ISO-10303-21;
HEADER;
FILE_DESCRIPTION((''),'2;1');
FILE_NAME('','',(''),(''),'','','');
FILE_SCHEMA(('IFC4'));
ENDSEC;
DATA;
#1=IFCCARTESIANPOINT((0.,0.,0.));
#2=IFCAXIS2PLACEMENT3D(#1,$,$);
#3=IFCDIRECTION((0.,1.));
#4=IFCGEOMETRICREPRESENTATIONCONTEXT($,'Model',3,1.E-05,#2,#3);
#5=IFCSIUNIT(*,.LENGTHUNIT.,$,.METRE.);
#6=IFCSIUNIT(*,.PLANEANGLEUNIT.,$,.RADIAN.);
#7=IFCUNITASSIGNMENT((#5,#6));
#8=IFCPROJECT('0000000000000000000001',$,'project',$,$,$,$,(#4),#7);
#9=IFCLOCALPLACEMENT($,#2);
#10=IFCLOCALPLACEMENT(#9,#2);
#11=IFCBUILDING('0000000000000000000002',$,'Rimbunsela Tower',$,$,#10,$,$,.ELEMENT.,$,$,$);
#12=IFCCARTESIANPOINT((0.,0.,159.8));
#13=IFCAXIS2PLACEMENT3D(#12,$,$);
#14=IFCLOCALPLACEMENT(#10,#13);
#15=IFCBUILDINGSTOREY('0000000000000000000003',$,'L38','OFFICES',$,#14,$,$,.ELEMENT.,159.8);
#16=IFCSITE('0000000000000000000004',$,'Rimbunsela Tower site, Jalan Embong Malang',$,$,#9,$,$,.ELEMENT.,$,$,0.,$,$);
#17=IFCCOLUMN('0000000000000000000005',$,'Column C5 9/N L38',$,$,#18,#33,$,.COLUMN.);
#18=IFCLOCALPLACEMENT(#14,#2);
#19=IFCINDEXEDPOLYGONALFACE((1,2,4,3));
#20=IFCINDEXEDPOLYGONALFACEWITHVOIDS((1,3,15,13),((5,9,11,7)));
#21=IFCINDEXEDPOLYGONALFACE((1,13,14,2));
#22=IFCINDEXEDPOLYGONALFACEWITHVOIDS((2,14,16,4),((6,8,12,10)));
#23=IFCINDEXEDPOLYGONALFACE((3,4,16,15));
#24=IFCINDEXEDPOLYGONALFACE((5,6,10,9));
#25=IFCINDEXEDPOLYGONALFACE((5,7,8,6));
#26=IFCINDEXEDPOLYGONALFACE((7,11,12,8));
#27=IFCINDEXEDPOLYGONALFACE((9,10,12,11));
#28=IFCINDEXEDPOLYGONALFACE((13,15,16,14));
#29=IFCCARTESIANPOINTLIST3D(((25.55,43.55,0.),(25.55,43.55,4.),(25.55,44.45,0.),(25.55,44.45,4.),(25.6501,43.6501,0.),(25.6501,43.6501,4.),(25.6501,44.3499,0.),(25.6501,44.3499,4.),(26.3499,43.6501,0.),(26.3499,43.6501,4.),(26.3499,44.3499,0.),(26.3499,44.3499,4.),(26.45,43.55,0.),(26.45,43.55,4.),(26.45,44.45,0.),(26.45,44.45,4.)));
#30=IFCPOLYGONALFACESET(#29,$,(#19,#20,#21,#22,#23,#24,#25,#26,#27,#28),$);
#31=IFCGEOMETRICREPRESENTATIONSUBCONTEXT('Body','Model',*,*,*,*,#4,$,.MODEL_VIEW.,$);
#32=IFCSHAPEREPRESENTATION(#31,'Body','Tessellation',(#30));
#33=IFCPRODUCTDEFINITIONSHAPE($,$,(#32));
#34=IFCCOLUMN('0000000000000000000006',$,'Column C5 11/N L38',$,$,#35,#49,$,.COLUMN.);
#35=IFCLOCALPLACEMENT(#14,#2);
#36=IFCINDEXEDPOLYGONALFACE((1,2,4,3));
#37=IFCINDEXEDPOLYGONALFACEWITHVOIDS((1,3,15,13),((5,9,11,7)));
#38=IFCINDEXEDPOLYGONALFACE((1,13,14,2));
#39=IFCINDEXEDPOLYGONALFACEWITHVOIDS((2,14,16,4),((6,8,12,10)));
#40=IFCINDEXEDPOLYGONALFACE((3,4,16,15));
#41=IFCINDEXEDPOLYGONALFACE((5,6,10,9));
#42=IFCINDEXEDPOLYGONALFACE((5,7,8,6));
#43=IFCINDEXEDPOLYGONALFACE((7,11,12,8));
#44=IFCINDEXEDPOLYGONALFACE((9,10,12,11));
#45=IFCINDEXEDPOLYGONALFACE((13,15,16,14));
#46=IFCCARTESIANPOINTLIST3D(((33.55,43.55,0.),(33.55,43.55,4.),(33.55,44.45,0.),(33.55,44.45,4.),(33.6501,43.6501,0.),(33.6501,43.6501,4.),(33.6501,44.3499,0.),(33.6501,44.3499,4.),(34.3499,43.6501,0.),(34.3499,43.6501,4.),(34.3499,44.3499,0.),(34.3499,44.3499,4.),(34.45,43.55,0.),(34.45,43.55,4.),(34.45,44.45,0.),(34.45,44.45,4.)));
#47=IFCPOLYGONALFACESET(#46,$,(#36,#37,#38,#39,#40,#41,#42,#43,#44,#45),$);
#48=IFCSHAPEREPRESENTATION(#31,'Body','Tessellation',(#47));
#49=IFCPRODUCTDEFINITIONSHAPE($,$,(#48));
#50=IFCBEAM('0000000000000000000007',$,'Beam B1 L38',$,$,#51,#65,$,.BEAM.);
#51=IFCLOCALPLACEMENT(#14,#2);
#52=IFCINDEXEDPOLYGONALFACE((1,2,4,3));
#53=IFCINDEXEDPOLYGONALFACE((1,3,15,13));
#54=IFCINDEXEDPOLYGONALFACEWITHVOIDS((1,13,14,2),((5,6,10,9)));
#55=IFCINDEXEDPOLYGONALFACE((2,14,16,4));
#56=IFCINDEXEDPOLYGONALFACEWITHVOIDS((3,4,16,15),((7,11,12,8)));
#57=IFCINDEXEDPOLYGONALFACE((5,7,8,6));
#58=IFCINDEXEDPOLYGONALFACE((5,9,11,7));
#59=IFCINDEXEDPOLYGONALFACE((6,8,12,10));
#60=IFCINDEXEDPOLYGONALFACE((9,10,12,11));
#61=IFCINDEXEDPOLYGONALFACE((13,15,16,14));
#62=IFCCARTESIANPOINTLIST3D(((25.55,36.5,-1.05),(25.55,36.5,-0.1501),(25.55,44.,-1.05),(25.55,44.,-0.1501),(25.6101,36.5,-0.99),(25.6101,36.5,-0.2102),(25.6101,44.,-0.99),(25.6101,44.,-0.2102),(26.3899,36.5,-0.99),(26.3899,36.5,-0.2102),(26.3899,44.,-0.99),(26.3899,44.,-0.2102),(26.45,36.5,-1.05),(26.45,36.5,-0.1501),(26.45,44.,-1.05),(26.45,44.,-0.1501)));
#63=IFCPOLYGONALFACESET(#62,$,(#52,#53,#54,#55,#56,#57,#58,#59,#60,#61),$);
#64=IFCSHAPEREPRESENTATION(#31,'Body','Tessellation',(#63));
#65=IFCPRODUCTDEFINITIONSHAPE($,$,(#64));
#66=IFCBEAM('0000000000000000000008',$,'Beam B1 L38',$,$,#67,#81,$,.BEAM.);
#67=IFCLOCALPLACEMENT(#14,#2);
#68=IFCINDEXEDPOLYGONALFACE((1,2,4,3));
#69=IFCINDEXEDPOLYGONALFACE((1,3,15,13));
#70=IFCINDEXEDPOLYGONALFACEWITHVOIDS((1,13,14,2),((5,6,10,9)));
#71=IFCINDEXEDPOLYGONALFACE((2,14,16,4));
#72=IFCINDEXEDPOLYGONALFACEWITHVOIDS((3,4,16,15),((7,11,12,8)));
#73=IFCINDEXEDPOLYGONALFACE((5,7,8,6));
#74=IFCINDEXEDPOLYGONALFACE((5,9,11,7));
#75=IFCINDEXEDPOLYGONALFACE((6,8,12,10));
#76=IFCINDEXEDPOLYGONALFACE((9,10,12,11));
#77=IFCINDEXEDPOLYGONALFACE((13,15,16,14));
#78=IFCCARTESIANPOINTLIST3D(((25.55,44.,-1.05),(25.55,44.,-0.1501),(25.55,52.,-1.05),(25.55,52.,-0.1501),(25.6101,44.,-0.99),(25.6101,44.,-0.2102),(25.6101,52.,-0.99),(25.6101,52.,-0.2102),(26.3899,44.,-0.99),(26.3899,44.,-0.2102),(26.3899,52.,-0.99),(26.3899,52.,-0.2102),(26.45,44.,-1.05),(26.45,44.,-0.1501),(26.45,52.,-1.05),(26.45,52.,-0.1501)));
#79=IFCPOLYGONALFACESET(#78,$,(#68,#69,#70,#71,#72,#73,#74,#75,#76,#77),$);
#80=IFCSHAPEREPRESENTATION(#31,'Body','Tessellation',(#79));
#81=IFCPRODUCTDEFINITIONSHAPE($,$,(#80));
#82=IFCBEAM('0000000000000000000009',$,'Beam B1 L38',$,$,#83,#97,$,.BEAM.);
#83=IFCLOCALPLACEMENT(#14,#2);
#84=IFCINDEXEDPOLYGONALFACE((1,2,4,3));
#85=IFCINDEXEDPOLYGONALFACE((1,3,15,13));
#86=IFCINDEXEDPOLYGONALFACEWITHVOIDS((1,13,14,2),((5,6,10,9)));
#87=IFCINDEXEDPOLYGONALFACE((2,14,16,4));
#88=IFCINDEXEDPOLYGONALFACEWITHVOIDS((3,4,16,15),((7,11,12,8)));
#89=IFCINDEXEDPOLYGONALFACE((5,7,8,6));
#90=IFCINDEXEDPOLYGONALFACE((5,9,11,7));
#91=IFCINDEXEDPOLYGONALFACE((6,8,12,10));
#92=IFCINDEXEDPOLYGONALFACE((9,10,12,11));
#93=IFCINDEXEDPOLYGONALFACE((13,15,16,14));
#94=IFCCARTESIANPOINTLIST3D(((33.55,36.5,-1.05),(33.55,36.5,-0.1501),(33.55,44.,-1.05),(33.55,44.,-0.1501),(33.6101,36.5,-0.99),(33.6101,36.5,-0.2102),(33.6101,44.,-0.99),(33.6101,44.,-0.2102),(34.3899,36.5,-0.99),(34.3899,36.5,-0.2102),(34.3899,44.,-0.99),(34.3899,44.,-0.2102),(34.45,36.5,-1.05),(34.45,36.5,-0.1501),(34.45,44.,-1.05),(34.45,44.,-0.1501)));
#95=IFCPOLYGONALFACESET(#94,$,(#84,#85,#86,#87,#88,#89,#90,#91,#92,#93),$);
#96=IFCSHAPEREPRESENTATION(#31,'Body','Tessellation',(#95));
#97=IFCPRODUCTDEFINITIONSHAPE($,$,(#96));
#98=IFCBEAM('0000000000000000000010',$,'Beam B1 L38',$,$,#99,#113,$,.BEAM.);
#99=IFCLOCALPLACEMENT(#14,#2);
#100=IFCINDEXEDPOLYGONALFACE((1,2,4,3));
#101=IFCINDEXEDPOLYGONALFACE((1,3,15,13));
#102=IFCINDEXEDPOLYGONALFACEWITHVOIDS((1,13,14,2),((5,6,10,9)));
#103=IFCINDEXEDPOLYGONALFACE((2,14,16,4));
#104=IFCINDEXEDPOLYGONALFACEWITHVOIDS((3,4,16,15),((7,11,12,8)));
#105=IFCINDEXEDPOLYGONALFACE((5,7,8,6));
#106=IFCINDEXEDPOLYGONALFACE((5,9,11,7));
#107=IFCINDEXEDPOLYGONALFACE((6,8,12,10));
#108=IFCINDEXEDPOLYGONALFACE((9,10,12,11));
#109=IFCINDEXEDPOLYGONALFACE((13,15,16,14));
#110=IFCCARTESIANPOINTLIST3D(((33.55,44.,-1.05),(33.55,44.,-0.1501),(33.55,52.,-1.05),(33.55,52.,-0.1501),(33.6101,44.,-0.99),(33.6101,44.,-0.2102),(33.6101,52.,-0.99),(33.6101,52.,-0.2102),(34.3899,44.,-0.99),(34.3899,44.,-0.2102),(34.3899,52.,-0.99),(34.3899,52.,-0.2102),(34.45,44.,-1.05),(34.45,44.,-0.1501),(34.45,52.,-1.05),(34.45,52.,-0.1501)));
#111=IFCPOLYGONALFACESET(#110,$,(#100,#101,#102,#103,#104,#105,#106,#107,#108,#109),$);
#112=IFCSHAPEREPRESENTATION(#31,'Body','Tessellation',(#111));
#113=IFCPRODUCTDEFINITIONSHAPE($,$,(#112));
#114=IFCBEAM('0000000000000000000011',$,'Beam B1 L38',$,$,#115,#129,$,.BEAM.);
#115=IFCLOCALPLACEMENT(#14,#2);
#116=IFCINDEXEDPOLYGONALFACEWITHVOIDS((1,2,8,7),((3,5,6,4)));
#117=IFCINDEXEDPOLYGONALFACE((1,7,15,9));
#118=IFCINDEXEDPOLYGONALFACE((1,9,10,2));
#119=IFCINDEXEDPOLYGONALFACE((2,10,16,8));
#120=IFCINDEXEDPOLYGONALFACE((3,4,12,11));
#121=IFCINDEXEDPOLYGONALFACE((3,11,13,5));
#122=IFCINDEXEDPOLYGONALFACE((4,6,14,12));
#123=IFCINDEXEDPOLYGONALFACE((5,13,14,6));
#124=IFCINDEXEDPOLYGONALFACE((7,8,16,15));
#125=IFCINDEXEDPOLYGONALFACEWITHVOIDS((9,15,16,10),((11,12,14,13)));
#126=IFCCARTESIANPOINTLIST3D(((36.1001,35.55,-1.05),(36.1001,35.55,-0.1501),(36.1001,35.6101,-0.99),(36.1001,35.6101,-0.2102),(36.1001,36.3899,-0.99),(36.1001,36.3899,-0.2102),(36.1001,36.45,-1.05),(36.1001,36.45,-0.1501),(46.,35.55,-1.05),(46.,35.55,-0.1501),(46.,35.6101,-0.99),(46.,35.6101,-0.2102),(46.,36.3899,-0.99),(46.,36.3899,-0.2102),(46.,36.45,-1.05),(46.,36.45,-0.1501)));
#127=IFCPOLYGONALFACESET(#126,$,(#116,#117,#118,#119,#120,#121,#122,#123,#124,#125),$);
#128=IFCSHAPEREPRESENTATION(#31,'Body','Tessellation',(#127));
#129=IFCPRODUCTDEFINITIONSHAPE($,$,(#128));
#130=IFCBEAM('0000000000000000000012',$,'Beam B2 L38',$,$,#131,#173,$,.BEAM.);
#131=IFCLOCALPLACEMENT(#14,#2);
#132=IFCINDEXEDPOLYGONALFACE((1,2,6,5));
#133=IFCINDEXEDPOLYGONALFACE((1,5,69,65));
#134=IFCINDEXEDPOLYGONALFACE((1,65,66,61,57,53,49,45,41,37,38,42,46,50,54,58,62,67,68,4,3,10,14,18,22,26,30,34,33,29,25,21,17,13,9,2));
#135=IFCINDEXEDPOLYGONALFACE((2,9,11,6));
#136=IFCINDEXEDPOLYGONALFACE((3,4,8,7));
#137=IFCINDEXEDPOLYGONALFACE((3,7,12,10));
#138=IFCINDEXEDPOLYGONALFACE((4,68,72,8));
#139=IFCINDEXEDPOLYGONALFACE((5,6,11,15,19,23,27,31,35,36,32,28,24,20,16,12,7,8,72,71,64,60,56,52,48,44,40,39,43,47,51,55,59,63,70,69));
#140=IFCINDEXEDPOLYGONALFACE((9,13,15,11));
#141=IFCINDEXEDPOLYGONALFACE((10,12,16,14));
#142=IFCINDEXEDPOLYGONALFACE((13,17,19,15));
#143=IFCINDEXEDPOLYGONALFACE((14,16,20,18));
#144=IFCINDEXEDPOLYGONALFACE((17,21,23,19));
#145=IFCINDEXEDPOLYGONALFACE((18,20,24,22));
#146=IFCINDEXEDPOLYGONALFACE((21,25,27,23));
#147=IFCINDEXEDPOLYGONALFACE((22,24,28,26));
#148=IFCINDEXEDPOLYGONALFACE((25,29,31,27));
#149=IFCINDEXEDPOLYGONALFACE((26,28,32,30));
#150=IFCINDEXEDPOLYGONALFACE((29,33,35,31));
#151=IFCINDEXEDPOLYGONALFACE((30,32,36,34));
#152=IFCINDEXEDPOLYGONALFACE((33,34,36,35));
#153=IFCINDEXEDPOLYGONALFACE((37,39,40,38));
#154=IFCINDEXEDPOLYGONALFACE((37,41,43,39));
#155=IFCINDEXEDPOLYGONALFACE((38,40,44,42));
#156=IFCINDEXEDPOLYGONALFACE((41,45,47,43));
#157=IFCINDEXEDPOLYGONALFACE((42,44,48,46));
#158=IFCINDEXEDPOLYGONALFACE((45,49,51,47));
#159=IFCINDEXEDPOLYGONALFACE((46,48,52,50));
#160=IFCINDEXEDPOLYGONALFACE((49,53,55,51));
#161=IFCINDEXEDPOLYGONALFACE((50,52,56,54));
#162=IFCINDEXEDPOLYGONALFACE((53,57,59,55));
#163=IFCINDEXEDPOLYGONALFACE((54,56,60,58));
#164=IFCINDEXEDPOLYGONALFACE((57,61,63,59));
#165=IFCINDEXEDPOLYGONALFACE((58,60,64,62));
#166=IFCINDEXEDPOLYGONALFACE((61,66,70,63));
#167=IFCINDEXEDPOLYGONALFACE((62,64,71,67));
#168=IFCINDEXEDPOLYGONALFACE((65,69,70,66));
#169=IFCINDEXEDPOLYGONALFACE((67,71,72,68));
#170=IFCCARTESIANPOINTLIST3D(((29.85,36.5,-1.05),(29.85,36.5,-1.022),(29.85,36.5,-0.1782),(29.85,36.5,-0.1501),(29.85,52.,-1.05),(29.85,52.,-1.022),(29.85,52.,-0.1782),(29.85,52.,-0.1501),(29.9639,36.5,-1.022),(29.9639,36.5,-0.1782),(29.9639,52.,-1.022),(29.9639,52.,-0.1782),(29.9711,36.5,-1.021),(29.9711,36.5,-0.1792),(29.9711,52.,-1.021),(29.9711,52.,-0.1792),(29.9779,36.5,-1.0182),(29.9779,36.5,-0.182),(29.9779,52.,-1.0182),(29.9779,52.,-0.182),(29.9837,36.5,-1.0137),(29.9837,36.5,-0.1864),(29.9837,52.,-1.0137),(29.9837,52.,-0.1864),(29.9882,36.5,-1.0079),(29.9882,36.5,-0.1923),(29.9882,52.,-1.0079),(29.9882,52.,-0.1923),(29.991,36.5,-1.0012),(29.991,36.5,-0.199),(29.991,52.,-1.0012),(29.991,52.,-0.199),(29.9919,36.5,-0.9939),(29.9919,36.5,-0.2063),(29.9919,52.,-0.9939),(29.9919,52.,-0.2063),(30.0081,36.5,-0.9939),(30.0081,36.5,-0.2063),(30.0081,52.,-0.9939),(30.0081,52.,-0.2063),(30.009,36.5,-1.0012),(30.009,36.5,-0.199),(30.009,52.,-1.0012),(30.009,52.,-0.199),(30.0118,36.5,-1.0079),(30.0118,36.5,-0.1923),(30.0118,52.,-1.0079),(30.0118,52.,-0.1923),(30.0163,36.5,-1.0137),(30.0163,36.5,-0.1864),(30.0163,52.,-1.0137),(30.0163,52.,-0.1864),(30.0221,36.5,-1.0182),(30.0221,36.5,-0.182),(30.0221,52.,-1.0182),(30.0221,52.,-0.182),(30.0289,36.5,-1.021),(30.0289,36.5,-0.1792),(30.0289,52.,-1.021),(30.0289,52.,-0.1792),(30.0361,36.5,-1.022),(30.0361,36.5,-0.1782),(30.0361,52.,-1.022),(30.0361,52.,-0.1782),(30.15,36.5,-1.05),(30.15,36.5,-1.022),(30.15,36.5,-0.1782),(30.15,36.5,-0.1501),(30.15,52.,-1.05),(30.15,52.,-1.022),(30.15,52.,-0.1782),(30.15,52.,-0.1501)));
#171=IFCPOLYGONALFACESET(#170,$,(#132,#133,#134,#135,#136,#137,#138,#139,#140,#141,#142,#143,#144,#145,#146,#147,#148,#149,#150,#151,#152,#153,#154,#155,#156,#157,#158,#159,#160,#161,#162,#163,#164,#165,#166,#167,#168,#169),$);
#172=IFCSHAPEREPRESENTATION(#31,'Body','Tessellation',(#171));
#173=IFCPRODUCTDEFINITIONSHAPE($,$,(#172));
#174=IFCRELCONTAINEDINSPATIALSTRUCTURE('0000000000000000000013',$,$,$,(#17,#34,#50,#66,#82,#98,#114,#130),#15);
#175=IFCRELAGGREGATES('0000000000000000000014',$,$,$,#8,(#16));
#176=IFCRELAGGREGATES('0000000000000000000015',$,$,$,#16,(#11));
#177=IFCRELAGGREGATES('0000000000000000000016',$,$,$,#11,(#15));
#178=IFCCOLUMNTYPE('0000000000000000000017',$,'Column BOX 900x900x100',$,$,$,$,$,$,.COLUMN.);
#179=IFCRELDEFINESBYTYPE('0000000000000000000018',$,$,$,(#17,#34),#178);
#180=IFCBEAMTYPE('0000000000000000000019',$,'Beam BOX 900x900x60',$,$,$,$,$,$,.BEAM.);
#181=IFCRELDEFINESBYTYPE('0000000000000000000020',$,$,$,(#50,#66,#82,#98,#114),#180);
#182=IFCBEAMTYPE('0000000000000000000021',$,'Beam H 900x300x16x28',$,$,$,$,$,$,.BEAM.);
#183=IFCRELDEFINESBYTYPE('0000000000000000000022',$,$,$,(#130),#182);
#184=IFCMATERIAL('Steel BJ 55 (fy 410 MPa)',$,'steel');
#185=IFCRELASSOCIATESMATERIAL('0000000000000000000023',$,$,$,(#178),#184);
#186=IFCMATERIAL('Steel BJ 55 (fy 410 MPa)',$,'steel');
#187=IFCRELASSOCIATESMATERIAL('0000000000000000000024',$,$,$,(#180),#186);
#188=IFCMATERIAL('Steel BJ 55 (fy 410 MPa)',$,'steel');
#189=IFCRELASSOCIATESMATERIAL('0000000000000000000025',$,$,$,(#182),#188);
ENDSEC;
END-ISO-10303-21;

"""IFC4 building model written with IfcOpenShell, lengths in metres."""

from ifc_helpers import new_model, si_unit, direction, frame, origin, origin_2d, place, context, subcontext, project, spatial, hollow_rectangle, i_section, extrude, material, material_profile, profile_set, type_object, element, save


model = new_model("IFC4")

# Units and contexts
model_context = context("Model", 3, precision=1e-05, world=origin(), true_north=direction((0.0, 1.0)))
body_context = subcontext(model_context, "Body", "Model", "MODEL_VIEW")
ifc_project = project(units=[si_unit("LENGTHUNIT", "METRE"), si_unit("PLANEANGLEUNIT", "RADIAN")], contexts=[model_context])

# Site, building, storey
site_placement = place(None, origin())
site = spatial("IfcSite", under=ifc_project, at=site_placement, Name="Rimbunsela Tower site, Jalan Embong Malang", CompositionType="ELEMENT", RefElevation=0.0)
building_placement = place(site_placement, origin())
building = spatial("IfcBuilding", under=site, at=building_placement, Name="Rimbunsela Tower", CompositionType="ELEMENT")
storey_placement = place(building_placement, frame((0.0, 0.0, 159.8)))
storey = spatial("IfcBuildingStorey", under=building, at=storey_placement, Name="L38", Description="OFFICES", CompositionType="ELEMENT", Elevation=159.8)

# Columns
ifc_material_1 = material(Name="Steel BJ 55 (fy 410 MPa)", Category="steel")
ifc_material_profile_1 = material_profile(ifc_material_1, hollow_rectangle(XDim=0.8999, YDim=0.8999, WallThickness=0.1001, at=origin_2d()), Name="BOX 900x900x100")
ifc_profile_set_1 = profile_set([ifc_material_profile_1], Name="Steel BJ 55 (fy 410 MPa)")
column_type = type_object("IfcColumnType", Name="Column BOX 900x900x100", PredefinedType="COLUMN", material=ifc_profile_set_1)
for number, where, z_axis, x_axis, name in (
    (1, (26.0, 44.0, 0.0), (0.0, 0.0, 1.0), (1.0, 0.0, 0.0), "Column C5 9/N L38"),
    (2, (34.0, 44.0, 0.0), (0.0, 0.0, 1.0), (1.0, 0.0, 0.0), "Column C5 11/N L38"),
):
    element("IfcColumn", number, at=place(storey_placement, frame(where, z_axis=z_axis, x_axis=x_axis)), inside=storey, type_object=column_type, Name=name, PredefinedType="COLUMN", context=body_context, shape_type="SweptSolid", body=[
        extrude(hollow_rectangle(XDim=0.8999, YDim=0.8999, WallThickness=0.1001, at=origin_2d()), origin(), (0.0, 0.0, 1.0), 4.0),
    ])

# Beams
ifc_material_2 = material(Name="Steel BJ 55 (fy 410 MPa)", Category="steel")
ifc_material_profile_2 = material_profile(ifc_material_2, hollow_rectangle(XDim=0.8999, YDim=0.8999, WallThickness=0.0601, at=origin_2d()), Name="BOX 900x900x60")
ifc_profile_set_2 = profile_set([ifc_material_profile_2], Name="Steel BJ 55 (fy 410 MPa)")
beam_type_1 = type_object("IfcBeamType", Name="Beam BOX 900x900x60", PredefinedType="BEAM", material=ifc_profile_set_2)
beam_1_placement = place(storey_placement, frame((26.0, 36.5, -0.6001), z_axis=(0.0, 1.0, 0.0), x_axis=(-1.0, 0.0, 0.0)))
element("IfcBeam", 3, at=beam_1_placement, inside=storey, type_object=beam_type_1, Name="Beam B1 L38", PredefinedType="BEAM", context=body_context, shape_type="SweptSolid", body=[
    extrude(hollow_rectangle(XDim=0.8999, YDim=0.8999, WallThickness=0.0601, at=origin_2d()), origin(), (0.0, 0.0, 1.0), 7.5),
])
beam_2_placement = place(storey_placement, frame((26.0, 44.0, -0.6001), z_axis=(0.0, 1.0, 0.0), x_axis=(-1.0, 0.0, 0.0)))
element("IfcBeam", 4, at=beam_2_placement, inside=storey, type_object=beam_type_1, Name="Beam B1 L38", PredefinedType="BEAM", context=body_context, shape_type="SweptSolid", body=[
    extrude(hollow_rectangle(XDim=0.8999, YDim=0.8999, WallThickness=0.0601, at=origin_2d()), origin(), (0.0, 0.0, 1.0), 8.0),
])
beam_3_placement = place(storey_placement, frame((34.0, 36.5, -0.6001), z_axis=(0.0, 1.0, 0.0), x_axis=(-1.0, 0.0, 0.0)))
element("IfcBeam", 5, at=beam_3_placement, inside=storey, type_object=beam_type_1, Name="Beam B1 L38", PredefinedType="BEAM", context=body_context, shape_type="SweptSolid", body=[
    extrude(hollow_rectangle(XDim=0.8999, YDim=0.8999, WallThickness=0.0601, at=origin_2d()), origin(), (0.0, 0.0, 1.0), 7.5),
])
beam_4_placement = place(storey_placement, frame((34.0, 44.0, -0.6001), z_axis=(0.0, 1.0, 0.0), x_axis=(-1.0, 0.0, 0.0)))
element("IfcBeam", 6, at=beam_4_placement, inside=storey, type_object=beam_type_1, Name="Beam B1 L38", PredefinedType="BEAM", context=body_context, shape_type="SweptSolid", body=[
    extrude(hollow_rectangle(XDim=0.8999, YDim=0.8999, WallThickness=0.0601, at=origin_2d()), origin(), (0.0, 0.0, 1.0), 8.0),
])
beam_5_placement = place(storey_placement, frame((36.1001, 36.0, -0.6001), z_axis=(1.0, 0.0, 0.0), x_axis=(0.0, 1.0, 0.0)))
element("IfcBeam", 7, at=beam_5_placement, inside=storey, type_object=beam_type_1, Name="Beam B1 L38", PredefinedType="BEAM", context=body_context, shape_type="SweptSolid", body=[
    extrude(hollow_rectangle(XDim=0.8999, YDim=0.8999, WallThickness=0.0601, at=origin_2d()), origin(), (0.0, 0.0, 1.0), 9.8999),
])
ifc_material_3 = material(Name="Steel BJ 55 (fy 410 MPa)", Category="steel")
ifc_material_profile_3 = material_profile(ifc_material_3, i_section(OverallWidth=0.3, OverallDepth=0.8999, WebThickness=0.0161, FlangeThickness=0.0281, FilletRadius=0.0281, at=origin_2d()), Name="H 900x300x16x28")
ifc_profile_set_3 = profile_set([ifc_material_profile_3], Name="Steel BJ 55 (fy 410 MPa)")
beam_type_2 = type_object("IfcBeamType", Name="Beam H 900x300x16x28", PredefinedType="BEAM", material=ifc_profile_set_3)
beam_6_placement = place(storey_placement, frame((30.0, 36.5, -0.6001), z_axis=(0.0, 1.0, 0.0), x_axis=(-1.0, 0.0, 0.0)))
element("IfcBeam", 8, at=beam_6_placement, inside=storey, type_object=beam_type_2, Name="Beam B2 L38", PredefinedType="BEAM", context=body_context, shape_type="SweptSolid", body=[
    extrude(i_section(OverallWidth=0.3, OverallDepth=0.8999, WebThickness=0.0161, FlangeThickness=0.0281, FilletRadius=0.0281, at=origin_2d()), origin(), (0.0, 0.0, 1.0), 15.5),
])

save(model, "model.ifc")
